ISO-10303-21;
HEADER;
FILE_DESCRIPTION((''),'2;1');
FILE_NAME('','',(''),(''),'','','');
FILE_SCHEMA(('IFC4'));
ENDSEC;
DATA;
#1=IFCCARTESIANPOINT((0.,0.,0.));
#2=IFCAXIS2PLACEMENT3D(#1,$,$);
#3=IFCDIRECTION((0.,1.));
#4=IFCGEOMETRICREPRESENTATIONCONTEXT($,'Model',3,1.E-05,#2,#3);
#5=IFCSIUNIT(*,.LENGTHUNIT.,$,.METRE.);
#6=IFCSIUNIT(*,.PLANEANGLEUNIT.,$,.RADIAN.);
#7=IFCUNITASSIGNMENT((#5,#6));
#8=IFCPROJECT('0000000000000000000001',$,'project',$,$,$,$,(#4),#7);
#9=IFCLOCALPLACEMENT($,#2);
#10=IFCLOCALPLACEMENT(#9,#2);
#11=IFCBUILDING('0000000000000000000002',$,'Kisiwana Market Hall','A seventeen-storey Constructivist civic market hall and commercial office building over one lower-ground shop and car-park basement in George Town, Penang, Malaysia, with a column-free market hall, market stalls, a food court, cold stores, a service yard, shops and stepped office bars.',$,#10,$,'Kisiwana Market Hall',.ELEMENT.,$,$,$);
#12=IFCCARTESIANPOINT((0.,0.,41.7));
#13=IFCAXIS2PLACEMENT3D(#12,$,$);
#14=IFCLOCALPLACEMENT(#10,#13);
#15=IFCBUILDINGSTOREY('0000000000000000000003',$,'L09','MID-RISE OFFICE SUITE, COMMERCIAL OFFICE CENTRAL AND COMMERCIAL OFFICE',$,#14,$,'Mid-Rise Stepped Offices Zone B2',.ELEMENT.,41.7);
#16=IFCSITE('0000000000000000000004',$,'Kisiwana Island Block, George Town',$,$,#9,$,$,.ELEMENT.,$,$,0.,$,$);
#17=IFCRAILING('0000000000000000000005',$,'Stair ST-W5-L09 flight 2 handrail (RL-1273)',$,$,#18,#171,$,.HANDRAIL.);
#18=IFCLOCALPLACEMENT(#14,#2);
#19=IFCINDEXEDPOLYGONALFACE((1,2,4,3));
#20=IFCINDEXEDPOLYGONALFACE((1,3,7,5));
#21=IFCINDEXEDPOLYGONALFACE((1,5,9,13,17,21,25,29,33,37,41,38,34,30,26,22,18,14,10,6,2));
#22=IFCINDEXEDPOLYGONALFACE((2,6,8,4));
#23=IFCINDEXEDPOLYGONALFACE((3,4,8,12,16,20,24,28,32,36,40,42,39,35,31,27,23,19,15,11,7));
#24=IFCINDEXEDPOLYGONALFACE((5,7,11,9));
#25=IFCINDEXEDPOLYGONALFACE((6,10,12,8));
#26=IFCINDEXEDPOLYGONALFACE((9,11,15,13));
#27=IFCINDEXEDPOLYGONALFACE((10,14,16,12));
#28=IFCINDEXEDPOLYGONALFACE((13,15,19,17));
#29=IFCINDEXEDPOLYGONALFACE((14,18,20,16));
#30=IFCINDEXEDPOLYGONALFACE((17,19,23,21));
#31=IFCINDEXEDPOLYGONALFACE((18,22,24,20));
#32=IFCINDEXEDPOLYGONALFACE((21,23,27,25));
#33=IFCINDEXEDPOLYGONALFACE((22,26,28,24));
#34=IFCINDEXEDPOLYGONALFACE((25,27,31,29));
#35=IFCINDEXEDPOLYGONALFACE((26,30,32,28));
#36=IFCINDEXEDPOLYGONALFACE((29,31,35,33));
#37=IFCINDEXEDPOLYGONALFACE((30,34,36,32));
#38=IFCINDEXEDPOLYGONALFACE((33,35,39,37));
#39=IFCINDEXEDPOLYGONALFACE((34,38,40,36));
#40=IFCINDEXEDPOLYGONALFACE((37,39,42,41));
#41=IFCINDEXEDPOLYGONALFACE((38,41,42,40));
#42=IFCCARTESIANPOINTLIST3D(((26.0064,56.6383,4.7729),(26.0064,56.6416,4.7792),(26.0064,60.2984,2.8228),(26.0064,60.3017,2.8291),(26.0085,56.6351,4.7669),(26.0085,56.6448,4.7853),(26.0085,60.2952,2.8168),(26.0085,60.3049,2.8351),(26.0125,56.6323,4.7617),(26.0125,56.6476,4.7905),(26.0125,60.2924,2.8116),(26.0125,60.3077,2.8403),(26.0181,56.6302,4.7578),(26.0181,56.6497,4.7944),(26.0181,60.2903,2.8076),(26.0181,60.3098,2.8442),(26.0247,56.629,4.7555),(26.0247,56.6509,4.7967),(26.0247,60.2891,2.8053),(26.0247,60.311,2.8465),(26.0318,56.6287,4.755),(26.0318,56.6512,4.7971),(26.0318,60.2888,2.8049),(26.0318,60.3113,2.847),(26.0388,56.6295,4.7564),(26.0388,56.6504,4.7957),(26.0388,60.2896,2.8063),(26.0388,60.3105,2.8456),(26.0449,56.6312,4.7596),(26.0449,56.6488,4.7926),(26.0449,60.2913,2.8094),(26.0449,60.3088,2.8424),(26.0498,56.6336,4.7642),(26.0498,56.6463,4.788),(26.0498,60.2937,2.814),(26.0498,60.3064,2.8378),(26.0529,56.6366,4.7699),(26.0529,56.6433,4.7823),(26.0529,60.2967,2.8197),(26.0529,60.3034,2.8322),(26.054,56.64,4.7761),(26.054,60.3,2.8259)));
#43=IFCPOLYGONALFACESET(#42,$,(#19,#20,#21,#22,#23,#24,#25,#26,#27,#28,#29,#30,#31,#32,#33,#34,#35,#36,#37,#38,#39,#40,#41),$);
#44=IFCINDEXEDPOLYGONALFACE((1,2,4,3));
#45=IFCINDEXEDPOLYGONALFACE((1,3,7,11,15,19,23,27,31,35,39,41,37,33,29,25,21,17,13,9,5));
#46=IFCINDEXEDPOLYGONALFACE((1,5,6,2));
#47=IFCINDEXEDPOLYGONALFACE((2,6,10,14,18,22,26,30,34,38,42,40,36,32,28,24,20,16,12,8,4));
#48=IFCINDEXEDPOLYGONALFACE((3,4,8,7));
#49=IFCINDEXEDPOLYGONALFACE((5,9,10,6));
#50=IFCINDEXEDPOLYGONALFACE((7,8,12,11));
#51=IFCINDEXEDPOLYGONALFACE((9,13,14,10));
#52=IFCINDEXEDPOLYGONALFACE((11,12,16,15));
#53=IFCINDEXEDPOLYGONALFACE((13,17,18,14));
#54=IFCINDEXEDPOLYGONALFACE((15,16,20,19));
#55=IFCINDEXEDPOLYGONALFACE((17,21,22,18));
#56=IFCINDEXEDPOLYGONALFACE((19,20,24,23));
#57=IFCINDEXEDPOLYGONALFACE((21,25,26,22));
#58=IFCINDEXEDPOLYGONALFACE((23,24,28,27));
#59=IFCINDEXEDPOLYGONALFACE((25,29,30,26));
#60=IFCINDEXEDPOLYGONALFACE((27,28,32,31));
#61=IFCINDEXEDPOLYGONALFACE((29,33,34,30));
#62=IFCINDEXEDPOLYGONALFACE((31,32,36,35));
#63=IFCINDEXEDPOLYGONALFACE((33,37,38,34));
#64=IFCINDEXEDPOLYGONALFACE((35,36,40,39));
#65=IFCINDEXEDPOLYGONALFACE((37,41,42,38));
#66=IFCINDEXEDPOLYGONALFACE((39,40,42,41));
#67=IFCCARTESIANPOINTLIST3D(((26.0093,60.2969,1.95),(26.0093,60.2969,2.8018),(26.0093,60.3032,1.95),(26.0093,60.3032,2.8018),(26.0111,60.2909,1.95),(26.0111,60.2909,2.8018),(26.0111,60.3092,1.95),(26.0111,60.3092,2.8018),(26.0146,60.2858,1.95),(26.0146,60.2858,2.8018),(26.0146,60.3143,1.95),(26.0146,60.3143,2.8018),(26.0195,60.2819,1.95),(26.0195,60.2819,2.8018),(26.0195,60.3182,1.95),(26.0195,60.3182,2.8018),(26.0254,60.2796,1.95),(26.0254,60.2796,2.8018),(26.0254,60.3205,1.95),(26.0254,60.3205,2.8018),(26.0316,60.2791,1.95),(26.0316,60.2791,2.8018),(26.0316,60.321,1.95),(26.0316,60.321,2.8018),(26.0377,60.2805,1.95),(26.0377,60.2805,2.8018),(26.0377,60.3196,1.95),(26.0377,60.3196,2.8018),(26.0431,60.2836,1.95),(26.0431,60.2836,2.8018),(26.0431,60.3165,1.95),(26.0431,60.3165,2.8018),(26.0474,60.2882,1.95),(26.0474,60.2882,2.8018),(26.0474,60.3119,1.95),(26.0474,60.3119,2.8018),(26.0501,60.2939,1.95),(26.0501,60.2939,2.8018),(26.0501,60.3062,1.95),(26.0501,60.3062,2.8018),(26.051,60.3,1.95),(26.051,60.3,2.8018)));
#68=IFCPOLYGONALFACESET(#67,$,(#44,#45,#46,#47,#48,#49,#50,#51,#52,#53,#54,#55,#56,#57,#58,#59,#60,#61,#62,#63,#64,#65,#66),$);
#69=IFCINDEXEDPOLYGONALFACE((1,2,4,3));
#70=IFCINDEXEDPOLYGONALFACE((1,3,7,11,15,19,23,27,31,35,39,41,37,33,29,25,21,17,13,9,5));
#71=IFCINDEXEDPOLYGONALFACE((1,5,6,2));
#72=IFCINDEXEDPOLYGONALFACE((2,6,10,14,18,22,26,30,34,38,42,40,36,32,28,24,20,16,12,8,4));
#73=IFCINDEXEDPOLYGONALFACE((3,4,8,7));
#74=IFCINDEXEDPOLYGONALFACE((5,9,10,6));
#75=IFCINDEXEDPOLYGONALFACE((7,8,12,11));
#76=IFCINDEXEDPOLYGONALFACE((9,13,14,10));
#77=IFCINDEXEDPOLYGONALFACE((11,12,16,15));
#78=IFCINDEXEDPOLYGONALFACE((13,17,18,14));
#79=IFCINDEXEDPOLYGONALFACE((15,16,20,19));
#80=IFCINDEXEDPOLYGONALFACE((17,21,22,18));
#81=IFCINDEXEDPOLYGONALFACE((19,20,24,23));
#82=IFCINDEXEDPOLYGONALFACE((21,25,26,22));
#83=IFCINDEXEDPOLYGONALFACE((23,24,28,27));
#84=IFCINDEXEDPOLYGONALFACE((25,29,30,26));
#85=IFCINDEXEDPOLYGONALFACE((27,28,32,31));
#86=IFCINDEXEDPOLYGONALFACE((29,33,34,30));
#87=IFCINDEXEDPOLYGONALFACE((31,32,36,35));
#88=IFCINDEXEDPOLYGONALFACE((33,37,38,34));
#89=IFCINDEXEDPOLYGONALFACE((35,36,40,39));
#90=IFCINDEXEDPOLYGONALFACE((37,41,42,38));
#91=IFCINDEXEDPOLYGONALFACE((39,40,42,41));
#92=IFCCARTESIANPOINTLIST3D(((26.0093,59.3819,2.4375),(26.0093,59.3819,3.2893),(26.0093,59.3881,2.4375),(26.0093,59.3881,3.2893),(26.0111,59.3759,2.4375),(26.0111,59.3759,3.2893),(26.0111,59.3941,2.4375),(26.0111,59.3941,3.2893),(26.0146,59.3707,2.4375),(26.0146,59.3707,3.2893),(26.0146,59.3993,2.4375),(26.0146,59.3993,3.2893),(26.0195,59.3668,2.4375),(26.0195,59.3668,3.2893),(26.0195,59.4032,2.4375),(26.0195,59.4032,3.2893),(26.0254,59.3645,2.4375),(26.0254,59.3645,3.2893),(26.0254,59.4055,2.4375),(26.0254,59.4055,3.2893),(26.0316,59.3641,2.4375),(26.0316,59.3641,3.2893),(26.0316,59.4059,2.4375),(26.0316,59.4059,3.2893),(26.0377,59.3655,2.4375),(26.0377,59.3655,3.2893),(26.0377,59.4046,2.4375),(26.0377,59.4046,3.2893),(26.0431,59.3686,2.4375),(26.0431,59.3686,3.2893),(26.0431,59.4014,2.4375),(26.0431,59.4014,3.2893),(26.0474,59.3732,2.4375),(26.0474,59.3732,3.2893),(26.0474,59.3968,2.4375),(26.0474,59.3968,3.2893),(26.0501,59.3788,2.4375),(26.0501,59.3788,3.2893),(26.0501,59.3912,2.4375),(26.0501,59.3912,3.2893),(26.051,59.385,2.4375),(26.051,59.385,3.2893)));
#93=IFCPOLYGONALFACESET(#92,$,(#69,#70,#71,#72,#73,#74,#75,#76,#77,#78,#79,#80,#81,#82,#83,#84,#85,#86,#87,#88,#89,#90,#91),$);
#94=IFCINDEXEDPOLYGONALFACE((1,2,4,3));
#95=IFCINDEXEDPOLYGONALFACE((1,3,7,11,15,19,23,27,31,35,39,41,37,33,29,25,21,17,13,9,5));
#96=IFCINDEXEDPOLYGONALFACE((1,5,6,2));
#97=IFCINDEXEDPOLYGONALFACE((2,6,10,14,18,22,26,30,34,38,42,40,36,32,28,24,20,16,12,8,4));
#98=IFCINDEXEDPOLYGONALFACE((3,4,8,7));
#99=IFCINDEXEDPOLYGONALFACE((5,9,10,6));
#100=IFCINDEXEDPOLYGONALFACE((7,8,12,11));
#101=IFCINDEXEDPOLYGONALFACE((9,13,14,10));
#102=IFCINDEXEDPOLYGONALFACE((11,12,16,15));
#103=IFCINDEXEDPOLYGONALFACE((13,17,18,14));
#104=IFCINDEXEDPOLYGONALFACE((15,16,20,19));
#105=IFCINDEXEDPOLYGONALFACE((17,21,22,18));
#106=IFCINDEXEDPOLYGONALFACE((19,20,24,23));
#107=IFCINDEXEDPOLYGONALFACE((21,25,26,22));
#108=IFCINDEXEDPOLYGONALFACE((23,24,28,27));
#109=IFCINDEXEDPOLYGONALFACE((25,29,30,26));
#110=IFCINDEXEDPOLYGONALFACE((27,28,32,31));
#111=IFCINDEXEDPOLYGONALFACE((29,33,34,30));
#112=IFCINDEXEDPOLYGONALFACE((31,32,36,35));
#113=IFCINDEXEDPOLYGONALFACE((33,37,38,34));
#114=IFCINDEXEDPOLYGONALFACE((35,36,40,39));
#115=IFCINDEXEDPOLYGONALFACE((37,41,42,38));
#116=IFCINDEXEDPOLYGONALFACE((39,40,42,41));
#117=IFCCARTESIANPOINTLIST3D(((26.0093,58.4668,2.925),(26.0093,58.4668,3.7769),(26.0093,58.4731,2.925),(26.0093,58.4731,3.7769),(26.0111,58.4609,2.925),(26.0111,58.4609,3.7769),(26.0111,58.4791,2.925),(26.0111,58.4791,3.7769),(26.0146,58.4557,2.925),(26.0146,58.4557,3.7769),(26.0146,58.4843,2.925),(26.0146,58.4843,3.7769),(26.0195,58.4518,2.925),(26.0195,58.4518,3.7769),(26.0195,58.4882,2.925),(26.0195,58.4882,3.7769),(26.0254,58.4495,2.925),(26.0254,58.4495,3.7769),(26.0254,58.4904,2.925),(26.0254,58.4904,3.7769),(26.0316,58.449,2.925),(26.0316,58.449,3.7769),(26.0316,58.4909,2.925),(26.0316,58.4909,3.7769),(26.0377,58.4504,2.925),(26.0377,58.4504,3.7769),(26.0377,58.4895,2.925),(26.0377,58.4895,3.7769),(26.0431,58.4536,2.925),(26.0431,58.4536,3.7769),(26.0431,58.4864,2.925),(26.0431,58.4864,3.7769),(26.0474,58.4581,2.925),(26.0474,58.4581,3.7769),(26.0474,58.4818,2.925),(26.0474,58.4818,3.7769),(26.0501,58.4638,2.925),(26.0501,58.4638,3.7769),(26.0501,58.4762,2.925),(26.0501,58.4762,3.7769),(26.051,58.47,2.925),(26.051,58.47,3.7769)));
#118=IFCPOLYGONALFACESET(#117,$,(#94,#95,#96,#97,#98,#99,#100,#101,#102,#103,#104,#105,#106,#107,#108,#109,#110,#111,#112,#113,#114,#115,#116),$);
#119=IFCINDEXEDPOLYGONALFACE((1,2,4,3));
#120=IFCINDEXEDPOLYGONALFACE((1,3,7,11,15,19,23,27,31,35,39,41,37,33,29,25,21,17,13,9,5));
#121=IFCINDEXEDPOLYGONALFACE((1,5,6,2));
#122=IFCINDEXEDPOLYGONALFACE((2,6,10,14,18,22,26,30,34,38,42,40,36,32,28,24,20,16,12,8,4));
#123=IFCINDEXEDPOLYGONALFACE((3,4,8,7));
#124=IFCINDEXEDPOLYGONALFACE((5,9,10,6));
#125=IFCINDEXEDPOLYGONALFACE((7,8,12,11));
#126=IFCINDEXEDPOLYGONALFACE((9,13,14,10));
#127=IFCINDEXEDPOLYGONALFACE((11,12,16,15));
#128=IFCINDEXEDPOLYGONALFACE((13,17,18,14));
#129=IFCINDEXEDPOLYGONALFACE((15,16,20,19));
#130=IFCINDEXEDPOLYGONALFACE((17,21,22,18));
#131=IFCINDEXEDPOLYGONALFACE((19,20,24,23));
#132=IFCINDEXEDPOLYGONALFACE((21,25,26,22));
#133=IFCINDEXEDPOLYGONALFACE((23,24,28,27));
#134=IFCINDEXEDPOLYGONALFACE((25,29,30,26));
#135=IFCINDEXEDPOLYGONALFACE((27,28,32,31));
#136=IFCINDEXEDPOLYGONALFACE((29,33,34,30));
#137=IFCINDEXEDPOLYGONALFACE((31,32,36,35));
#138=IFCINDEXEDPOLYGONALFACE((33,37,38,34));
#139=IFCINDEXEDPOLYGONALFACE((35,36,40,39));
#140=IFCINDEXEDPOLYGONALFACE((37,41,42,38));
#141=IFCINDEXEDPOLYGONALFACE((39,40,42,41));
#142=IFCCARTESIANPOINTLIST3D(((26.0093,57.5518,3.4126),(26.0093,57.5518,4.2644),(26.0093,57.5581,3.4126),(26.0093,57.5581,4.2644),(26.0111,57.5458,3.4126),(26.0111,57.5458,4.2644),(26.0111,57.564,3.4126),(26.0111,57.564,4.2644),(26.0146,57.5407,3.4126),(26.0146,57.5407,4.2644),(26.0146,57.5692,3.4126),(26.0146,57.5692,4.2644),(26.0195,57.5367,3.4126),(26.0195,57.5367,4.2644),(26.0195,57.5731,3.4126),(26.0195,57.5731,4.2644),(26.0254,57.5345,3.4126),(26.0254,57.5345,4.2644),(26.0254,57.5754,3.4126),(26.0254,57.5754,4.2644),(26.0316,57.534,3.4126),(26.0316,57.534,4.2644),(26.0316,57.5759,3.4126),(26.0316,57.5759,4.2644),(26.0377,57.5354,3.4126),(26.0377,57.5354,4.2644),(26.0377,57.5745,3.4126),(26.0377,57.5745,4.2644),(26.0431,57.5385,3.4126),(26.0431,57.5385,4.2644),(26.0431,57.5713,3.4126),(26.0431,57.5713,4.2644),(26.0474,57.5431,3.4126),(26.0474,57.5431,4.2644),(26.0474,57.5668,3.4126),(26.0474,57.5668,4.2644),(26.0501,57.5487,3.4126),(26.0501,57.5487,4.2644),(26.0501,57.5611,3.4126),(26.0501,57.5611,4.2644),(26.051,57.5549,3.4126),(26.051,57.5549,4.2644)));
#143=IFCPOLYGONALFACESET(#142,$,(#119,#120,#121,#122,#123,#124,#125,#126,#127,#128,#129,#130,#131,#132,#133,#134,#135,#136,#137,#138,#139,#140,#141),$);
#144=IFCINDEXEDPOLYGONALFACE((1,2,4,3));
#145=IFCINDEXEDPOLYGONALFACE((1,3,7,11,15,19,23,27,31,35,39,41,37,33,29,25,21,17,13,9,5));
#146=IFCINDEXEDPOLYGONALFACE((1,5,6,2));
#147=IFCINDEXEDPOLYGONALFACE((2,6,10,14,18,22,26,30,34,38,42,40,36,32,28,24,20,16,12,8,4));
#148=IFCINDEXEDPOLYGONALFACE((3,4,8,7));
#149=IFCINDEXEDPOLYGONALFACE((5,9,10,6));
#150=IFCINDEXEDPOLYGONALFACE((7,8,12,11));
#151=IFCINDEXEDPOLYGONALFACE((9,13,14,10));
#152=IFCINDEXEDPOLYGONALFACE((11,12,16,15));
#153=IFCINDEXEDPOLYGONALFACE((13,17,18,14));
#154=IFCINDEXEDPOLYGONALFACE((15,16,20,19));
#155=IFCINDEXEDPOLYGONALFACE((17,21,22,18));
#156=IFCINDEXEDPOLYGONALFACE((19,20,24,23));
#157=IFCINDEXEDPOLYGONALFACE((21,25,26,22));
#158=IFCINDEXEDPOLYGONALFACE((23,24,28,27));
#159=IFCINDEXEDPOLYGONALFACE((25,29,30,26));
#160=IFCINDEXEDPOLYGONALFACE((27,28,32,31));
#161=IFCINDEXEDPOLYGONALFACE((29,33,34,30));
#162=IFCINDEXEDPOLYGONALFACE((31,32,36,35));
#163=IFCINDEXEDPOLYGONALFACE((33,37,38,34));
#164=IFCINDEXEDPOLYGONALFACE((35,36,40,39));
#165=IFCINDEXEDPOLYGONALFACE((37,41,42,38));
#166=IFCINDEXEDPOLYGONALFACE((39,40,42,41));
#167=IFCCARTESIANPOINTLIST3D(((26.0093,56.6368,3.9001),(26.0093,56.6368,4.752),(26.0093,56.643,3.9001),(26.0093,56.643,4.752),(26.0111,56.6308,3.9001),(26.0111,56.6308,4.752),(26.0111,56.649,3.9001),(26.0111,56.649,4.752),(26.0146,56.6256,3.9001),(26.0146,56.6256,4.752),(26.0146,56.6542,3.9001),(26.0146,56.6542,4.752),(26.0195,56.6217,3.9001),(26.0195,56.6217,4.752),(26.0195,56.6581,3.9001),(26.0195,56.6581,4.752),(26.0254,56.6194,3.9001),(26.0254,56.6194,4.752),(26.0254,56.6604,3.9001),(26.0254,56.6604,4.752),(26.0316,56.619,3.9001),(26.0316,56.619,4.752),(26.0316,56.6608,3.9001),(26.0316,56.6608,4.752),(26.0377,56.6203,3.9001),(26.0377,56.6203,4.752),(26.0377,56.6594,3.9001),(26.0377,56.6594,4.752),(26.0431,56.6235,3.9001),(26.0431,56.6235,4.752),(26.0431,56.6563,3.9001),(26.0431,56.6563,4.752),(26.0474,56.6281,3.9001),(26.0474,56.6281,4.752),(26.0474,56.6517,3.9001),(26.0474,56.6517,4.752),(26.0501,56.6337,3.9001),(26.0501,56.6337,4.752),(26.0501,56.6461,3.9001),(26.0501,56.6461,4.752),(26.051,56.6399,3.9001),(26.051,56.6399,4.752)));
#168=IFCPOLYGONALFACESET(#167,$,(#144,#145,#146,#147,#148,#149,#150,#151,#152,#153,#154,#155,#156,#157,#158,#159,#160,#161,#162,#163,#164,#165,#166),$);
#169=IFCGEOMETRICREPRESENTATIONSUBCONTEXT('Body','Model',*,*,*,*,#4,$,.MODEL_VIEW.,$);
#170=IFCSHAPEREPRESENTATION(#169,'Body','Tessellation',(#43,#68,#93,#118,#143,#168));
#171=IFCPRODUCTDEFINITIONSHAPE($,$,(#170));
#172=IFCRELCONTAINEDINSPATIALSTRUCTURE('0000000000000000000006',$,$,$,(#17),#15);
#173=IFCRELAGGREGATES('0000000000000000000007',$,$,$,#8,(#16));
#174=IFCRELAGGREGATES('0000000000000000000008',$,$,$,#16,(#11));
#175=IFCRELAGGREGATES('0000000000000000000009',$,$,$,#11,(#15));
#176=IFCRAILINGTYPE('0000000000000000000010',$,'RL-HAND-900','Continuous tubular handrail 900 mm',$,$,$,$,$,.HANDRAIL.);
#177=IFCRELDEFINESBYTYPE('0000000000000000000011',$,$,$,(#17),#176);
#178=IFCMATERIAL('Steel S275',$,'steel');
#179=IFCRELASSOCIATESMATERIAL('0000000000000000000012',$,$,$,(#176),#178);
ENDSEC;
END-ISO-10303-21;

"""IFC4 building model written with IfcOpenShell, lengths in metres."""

from ifc_helpers import new_model, si_unit, direction, frame, origin, origin_2d, place, context, subcontext, project, spatial, circle, extrude, material, type_object, element, save


model = new_model("IFC4")

# Units and contexts
model_context = context("Model", 3, precision=1e-05, world=origin(), true_north=direction((0.0, 1.0)))
body_context = subcontext(model_context, "Body", "Model", "MODEL_VIEW")
ifc_project = project(units=[si_unit("LENGTHUNIT", "METRE"), si_unit("PLANEANGLEUNIT", "RADIAN")], contexts=[model_context])

# Site, building, storey
site_placement = place(None, origin())
site = spatial("IfcSite", under=ifc_project, at=site_placement, Name="Kisiwana Island Block, George Town", CompositionType="ELEMENT", RefElevation=0.0)
building_placement = place(site_placement, origin())
building = spatial("IfcBuilding", under=site, at=building_placement, Name="Kisiwana Market Hall", Description="A seventeen-storey Constructivist civic market hall and commercial office building over one lower-ground shop and car-park basement in George Town, Penang, Malaysia, with a column-free market hall, market stalls, a food court, cold stores, a service yard, shops and stepped office bars.", LongName="Kisiwana Market Hall", CompositionType="ELEMENT")
storey_placement = place(building_placement, frame((0.0, 0.0, 41.7)))
storey = spatial("IfcBuildingStorey", under=building, at=storey_placement, Name="L09", Description="MID-RISE OFFICE SUITE, COMMERCIAL OFFICE CENTRAL AND COMMERCIAL OFFICE", LongName="Mid-Rise Stepped Offices Zone B2", CompositionType="ELEMENT", Elevation=41.7)

# Railing
ifc_material_1 = material(Name="Steel S275", Category="steel")
railing_type_1 = type_object("IfcRailingType", Name="RL-HAND-900", Description="Continuous tubular handrail 900 mm", PredefinedType="HANDRAIL", material=ifc_material_1)
railing_1_placement = place(storey_placement, frame((26.03, 60.3, 1.95)))
element("IfcRailing", 1, at=railing_1_placement, inside=storey, type_object=railing_type_1, Name="Stair ST-W5-L09 flight 2 handrail (RL-1273)", PredefinedType="HANDRAIL", context=body_context, shape_type="SweptSolid", body=[
    extrude(circle(Radius=0.0239, at=origin_2d()), frame((0.0, 0.0, 0.876), z_axis=(0.0, -0.882542, 0.470234), x_axis=(1.0, 0.0, 0.0)), (0.0, 0.0, 1.0), 4.1472),
    extrude(circle(Radius=0.021, at=origin_2d()), origin(), (0.0, 0.0, 1.0), 0.8518),
    extrude(circle(Radius=0.021, at=origin_2d()), frame((0.0, -0.915, 0.4875)), (0.0, 0.0, 1.0), 0.8518),
    extrude(circle(Radius=0.021, at=origin_2d()), frame((0.0, -1.8301, 0.9751)), (0.0, 0.0, 1.0), 0.8518),
    extrude(circle(Radius=0.021, at=origin_2d()), frame((0.0, -2.7451, 1.4626)), (0.0, 0.0, 1.0), 0.8518),
    extrude(circle(Radius=0.021, at=origin_2d()), frame((0.0, -3.6602, 1.9502)), (0.0, 0.0, 1.0), 0.8518),
])

save(model, "model.ifc")
